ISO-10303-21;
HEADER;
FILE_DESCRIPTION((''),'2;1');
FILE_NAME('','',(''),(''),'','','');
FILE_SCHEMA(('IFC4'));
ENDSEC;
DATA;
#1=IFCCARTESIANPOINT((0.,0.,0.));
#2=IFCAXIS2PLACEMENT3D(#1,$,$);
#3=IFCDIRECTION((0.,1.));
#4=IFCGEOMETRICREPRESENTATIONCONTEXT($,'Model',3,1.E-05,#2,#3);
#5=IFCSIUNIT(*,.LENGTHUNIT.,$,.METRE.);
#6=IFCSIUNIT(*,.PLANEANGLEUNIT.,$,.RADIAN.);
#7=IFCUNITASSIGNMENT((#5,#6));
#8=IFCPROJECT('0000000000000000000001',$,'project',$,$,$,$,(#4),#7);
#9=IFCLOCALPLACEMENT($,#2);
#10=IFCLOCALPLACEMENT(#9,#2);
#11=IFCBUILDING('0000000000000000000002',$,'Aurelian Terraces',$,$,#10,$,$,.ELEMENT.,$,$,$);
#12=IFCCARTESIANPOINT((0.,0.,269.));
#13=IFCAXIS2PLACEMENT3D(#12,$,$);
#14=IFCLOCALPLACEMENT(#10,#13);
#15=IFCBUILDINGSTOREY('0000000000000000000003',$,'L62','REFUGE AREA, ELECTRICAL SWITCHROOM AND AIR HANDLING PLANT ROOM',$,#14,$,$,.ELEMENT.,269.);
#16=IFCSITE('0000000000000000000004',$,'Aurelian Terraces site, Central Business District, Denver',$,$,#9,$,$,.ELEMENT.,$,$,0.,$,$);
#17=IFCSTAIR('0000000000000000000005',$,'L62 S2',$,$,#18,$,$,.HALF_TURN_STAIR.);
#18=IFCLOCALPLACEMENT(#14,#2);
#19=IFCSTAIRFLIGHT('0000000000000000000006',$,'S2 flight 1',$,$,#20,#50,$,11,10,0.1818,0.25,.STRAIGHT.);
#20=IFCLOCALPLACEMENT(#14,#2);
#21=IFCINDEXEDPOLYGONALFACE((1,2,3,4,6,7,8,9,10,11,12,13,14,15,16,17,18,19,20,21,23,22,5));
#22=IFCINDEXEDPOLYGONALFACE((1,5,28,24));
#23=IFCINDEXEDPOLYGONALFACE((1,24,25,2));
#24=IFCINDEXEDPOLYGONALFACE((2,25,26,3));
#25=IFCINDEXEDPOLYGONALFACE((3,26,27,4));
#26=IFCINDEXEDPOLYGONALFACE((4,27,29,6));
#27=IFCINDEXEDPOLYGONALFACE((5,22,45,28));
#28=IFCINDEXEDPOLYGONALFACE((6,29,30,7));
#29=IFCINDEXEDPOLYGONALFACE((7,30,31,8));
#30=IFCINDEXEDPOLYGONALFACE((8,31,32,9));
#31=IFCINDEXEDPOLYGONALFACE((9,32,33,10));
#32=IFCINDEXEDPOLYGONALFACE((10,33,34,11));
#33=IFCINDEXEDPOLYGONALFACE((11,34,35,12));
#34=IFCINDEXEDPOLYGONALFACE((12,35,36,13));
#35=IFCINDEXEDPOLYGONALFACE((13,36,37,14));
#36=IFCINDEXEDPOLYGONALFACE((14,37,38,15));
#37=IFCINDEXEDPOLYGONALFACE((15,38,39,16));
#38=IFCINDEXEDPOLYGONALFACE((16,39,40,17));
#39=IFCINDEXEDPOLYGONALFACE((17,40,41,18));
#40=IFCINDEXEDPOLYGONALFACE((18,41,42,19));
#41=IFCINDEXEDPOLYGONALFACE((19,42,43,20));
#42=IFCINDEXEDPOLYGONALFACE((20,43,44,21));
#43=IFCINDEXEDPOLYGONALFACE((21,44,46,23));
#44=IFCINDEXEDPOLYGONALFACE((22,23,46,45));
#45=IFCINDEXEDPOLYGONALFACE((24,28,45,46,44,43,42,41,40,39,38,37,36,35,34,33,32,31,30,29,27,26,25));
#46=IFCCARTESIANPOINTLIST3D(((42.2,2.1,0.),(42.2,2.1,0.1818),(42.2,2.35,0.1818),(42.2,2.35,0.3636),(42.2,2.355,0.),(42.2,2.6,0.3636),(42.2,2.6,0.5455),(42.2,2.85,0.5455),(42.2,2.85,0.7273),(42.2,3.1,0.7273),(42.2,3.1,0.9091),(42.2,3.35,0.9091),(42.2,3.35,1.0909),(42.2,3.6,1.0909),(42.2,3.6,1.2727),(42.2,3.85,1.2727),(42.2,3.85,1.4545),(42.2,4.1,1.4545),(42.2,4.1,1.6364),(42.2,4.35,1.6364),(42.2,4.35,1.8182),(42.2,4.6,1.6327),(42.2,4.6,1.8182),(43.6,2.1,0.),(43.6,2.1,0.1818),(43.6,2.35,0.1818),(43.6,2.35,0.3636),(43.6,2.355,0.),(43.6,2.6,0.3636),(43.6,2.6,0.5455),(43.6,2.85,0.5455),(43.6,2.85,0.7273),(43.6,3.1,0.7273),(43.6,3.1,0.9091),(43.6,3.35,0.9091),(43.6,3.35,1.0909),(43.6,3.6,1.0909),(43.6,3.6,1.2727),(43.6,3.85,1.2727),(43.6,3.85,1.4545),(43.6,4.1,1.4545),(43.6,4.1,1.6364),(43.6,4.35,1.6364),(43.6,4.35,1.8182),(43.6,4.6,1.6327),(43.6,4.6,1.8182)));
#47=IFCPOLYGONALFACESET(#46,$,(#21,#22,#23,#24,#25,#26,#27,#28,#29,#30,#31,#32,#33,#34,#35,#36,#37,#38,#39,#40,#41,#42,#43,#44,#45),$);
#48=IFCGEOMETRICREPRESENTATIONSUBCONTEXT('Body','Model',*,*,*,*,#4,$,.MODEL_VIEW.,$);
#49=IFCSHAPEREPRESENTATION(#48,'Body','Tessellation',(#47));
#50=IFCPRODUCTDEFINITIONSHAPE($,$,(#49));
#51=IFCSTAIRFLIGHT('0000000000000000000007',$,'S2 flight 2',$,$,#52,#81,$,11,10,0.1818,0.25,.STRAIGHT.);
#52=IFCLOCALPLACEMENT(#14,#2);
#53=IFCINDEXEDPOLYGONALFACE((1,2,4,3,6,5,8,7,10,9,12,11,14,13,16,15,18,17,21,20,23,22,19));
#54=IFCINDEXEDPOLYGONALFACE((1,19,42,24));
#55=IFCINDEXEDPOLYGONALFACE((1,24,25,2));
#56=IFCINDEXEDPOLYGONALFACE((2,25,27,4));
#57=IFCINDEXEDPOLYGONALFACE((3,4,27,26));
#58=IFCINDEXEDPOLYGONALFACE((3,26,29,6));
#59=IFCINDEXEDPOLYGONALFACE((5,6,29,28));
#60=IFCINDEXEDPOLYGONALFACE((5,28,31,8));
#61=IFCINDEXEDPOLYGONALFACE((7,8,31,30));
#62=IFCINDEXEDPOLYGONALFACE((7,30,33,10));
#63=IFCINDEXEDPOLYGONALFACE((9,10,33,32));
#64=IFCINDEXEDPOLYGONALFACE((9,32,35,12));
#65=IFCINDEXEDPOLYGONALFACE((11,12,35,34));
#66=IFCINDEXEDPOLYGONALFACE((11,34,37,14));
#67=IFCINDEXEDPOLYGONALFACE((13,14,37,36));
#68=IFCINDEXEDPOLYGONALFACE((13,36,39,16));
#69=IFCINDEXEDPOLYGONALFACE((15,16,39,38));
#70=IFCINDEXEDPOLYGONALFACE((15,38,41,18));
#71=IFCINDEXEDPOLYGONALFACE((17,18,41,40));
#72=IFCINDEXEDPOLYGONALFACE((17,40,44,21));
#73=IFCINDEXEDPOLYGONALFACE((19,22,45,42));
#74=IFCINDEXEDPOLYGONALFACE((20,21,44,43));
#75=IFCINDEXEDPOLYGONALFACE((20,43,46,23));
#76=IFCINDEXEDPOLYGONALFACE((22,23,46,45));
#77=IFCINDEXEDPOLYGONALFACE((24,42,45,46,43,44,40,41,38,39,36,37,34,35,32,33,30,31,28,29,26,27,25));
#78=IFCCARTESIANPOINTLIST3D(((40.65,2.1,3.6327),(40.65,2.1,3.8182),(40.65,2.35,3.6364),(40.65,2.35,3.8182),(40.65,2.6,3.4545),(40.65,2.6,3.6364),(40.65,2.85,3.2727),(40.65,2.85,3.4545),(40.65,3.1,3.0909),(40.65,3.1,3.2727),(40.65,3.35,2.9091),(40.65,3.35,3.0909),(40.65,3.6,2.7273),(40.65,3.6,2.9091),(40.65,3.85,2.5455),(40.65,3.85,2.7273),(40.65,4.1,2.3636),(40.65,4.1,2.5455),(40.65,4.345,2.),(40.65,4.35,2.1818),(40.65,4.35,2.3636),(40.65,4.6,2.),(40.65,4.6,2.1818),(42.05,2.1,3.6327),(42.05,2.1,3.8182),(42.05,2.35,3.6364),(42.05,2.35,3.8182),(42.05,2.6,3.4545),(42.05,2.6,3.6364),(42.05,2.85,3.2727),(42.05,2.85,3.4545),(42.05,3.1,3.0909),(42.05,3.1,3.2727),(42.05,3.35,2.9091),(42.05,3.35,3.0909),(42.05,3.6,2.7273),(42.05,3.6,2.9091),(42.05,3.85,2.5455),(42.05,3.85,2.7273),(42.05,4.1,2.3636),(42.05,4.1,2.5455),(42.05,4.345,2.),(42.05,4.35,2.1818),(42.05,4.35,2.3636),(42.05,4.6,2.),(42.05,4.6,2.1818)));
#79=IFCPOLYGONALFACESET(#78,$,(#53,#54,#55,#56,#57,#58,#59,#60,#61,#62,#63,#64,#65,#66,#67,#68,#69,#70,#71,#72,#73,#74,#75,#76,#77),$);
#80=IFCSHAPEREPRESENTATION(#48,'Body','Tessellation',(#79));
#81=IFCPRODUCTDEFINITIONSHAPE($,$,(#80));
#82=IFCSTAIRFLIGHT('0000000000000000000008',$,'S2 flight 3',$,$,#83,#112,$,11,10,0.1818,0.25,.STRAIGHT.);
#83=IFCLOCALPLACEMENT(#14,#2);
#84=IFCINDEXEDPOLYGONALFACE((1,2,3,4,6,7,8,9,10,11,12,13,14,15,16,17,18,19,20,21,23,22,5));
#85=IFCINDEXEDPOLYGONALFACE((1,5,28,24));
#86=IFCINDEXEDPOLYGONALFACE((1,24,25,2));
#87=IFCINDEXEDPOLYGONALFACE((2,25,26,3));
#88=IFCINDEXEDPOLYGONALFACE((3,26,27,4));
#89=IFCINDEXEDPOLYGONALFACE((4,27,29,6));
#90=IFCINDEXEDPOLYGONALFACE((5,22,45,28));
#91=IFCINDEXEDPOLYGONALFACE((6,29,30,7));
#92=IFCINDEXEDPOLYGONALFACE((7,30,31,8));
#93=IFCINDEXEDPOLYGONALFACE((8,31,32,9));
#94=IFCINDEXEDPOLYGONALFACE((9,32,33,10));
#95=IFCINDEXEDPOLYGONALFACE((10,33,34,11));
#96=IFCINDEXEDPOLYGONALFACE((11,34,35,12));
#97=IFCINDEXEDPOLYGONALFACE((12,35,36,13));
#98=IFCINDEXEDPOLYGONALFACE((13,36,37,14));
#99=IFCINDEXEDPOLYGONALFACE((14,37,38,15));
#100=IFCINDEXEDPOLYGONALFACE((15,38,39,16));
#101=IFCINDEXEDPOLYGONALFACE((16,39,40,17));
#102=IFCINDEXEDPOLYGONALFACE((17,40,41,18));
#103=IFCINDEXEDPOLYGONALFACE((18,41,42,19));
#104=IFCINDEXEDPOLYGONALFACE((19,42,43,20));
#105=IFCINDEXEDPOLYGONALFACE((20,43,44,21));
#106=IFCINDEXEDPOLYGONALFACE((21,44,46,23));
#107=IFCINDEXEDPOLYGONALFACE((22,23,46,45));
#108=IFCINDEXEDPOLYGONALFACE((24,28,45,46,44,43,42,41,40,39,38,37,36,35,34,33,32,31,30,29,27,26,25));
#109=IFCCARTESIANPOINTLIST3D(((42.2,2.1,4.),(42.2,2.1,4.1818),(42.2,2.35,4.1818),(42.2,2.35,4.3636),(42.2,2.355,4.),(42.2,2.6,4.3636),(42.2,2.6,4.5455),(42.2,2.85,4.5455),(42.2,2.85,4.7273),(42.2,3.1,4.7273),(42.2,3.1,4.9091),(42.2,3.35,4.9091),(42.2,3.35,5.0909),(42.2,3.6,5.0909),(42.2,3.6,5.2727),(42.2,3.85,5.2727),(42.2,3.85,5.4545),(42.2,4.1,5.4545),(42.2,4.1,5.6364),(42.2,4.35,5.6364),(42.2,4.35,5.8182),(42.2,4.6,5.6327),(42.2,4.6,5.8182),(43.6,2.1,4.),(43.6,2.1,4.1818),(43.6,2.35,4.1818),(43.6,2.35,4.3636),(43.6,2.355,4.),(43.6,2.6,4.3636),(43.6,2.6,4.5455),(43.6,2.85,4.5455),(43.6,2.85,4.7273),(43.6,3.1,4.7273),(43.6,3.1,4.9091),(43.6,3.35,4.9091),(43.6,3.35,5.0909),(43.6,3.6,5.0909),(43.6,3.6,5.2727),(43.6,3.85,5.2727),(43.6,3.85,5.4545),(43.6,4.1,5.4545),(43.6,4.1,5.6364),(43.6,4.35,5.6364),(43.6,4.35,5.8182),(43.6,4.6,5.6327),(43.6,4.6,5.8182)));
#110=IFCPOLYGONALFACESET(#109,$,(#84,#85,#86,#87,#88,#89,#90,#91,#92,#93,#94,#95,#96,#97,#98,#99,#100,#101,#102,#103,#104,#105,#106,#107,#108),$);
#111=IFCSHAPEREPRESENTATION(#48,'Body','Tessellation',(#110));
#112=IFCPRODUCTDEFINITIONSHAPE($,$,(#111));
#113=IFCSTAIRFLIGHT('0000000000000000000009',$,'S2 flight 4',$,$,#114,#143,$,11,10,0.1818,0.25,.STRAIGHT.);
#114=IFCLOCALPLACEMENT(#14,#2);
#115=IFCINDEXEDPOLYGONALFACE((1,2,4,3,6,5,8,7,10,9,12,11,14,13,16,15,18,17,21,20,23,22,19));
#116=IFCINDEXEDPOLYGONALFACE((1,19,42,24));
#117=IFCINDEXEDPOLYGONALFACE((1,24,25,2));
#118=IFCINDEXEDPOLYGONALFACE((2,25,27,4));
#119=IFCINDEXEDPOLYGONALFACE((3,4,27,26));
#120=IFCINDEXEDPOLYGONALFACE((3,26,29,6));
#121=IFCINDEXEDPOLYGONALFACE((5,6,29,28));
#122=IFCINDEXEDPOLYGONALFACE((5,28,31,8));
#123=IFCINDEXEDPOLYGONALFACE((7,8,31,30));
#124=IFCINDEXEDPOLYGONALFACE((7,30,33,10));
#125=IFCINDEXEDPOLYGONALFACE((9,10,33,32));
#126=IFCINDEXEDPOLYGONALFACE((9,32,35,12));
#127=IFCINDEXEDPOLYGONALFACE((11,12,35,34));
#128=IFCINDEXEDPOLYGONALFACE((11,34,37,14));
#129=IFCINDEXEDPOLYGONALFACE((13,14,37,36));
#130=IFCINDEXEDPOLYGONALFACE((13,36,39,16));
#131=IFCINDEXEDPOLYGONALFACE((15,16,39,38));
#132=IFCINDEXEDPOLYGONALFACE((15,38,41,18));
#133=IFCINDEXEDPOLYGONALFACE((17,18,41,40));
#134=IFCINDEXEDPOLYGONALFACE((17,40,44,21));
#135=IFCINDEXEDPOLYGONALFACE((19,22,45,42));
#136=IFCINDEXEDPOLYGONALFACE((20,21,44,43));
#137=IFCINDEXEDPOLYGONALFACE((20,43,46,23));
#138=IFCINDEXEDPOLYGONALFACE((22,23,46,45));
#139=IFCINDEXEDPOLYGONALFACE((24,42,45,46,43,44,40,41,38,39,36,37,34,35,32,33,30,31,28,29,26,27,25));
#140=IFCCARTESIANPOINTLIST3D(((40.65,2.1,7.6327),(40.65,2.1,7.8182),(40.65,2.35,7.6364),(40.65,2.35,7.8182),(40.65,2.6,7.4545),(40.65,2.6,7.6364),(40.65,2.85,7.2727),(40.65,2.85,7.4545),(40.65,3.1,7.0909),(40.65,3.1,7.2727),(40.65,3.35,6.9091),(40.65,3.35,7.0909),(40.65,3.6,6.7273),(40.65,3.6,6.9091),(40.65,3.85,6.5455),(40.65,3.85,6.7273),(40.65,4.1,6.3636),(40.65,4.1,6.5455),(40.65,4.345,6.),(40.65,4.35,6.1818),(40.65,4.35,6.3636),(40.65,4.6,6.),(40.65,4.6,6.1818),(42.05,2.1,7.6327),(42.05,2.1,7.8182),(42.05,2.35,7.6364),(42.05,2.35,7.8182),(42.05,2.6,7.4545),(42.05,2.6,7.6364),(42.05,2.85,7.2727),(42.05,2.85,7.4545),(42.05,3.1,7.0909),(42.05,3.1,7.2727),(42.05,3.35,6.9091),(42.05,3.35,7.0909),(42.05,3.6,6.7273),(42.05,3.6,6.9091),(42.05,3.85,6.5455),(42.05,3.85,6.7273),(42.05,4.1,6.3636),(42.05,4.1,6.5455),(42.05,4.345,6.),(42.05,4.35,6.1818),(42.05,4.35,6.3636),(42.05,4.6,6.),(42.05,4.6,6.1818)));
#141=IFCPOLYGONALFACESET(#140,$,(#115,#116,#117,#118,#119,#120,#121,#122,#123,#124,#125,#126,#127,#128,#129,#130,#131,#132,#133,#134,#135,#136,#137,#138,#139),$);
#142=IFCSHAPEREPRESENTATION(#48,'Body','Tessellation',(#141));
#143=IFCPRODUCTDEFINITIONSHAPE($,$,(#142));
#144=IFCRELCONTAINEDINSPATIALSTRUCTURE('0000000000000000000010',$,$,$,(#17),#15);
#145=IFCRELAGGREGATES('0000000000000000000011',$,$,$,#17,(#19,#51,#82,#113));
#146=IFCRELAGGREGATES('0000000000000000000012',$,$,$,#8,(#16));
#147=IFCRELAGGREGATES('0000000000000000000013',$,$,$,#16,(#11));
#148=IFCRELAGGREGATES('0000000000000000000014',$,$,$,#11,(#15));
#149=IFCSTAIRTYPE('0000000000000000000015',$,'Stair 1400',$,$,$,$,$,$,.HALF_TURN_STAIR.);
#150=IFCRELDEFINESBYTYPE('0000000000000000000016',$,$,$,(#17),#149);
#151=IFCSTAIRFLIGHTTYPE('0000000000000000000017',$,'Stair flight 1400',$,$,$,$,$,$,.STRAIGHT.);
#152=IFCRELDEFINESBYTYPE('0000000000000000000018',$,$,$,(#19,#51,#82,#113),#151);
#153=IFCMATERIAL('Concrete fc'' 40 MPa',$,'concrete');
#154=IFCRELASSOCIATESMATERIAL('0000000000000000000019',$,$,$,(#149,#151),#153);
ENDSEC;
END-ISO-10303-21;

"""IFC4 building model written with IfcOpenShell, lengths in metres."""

from ifc_helpers import new_model, si_unit, direction, frame, origin, place, context, subcontext, project, spatial, polyline, outline, extrude, source, transform, mapped, material, type_object, element, aggregate, save


model = new_model("IFC4")

# Units and contexts
model_context = context("Model", 3, precision=1e-05, world=origin(), true_north=direction((0.0, 1.0)))
body_context = subcontext(model_context, "Body", "Model", "MODEL_VIEW")
ifc_project = project(units=[si_unit("LENGTHUNIT", "METRE"), si_unit("PLANEANGLEUNIT", "RADIAN")], contexts=[model_context])

# Site, building, storey
site_placement = place(None, origin())
site = spatial("IfcSite", under=ifc_project, at=site_placement, Name="Aurelian Terraces site, Central Business District, Denver", CompositionType="ELEMENT", RefElevation=0.0)
building_placement = place(site_placement, origin())
building = spatial("IfcBuilding", under=site, at=building_placement, Name="Aurelian Terraces", CompositionType="ELEMENT")
storey_placement = place(building_placement, frame((0.0, 0.0, 269.0)))
storey = spatial("IfcBuildingStorey", under=building, at=storey_placement, Name="L62", Description="REFUGE AREA, ELECTRICAL SWITCHROOM AND AIR HANDLING PLANT ROOM", CompositionType="ELEMENT", Elevation=269.0)

# Shared definitions
ifc_material_1 = material(Name="Concrete fc' 40 MPa", Category="concrete")

# Stair, stair flights
stair_type = type_object("IfcStairType", Name="Stair 1400", PredefinedType="HALF_TURN_STAIR", material=ifc_material_1)
stair_placement = place(storey_placement, origin())
stair = element("IfcStair", 1, at=stair_placement, inside=storey, type_object=stair_type, Name="L62 S2", PredefinedType="HALF_TURN_STAIR")
stair_flight_type = type_object("IfcStairFlightType", Name="Stair flight 1400", PredefinedType="STRAIGHT", material=ifc_material_1)
shared_shape_1 = source(origin(), body_context, "Body", "SweptSolid", [
    extrude(outline(polyline([(0.0, 0.0), (0.0, 0.1818), (0.25, 0.1818), (0.25, 0.3636), (0.5, 0.3636), (0.5, 0.5455), (0.75, 0.5455), (0.75, 0.7273), (1.0, 0.7273), (1.0, 0.9091), (1.25, 0.9091), (1.25, 1.0909), (1.5, 1.0909), (1.5, 1.2727), (1.75, 1.2727), (1.75, 1.4545), (2.0, 1.4545), (2.0, 1.6364), (2.25, 1.6364), (2.25, 1.8182), (2.5, 1.8182), (2.5, 2.0), (2.5, 1.6327), (0.255, 0.0), (0.0, 0.0)])), frame((0.0, 0.7, 0.0), z_axis=(0.0, -1.0, 0.0), x_axis=(1.0, 0.0, 0.0)), (0.0, 0.0, 1.0), 1.4),
])
stair_flight_1_placement = place(storey_placement, frame((42.9, 2.1, 0.0), z_axis=(0.0, 0.0, 1.0), x_axis=(0.0, 1.0, 0.0)))
stair_flight_1 = element("IfcStairFlight", 2, at=stair_flight_1_placement, type_object=stair_flight_type, Name="S2 flight 1", NumberOfRisers=11, NumberOfTreads=10, PredefinedType="STRAIGHT", RiserHeight=0.1818, TreadLength=0.25, context=body_context, shape_type="MappedRepresentation", body=[
    mapped(shared_shape_1, transform((0.0, 0.0, 0.0), scale=1.0)),
])
stair_flight_2_placement = place(storey_placement, frame((41.35, 4.6, 2.0), z_axis=(0.0, 0.0, 1.0), x_axis=(0.0, -1.0, 0.0)))
stair_flight_2 = element("IfcStairFlight", 3, at=stair_flight_2_placement, type_object=stair_flight_type, Name="S2 flight 2", NumberOfRisers=11, NumberOfTreads=10, PredefinedType="STRAIGHT", RiserHeight=0.1818, TreadLength=0.25, context=body_context, shape_type="MappedRepresentation", body=[
    mapped(shared_shape_1, transform((0.0, 0.0, 0.0), scale=1.0)),
])
stair_flight_3_placement = place(storey_placement, frame((42.9, 2.1, 4.0), z_axis=(0.0, 0.0, 1.0), x_axis=(0.0, 1.0, 0.0)))
stair_flight_3 = element("IfcStairFlight", 4, at=stair_flight_3_placement, type_object=stair_flight_type, Name="S2 flight 3", NumberOfRisers=11, NumberOfTreads=10, PredefinedType="STRAIGHT", RiserHeight=0.1818, TreadLength=0.25, context=body_context, shape_type="MappedRepresentation", body=[
    mapped(shared_shape_1, transform((0.0, 0.0, 0.0), scale=1.0)),
])
stair_flight_4_placement = place(storey_placement, frame((41.35, 4.6, 6.0), z_axis=(0.0, 0.0, 1.0), x_axis=(0.0, -1.0, 0.0)))
stair_flight_4 = element("IfcStairFlight", 5, at=stair_flight_4_placement, type_object=stair_flight_type, Name="S2 flight 4", NumberOfRisers=11, NumberOfTreads=10, PredefinedType="STRAIGHT", RiserHeight=0.1818, TreadLength=0.25, context=body_context, shape_type="MappedRepresentation", body=[
    mapped(shared_shape_1, transform((0.0, 0.0, 0.0), scale=1.0)),
])
aggregate(stair, [stair_flight_1, stair_flight_2, stair_flight_3, stair_flight_4])

save(model, "model.ifc")
